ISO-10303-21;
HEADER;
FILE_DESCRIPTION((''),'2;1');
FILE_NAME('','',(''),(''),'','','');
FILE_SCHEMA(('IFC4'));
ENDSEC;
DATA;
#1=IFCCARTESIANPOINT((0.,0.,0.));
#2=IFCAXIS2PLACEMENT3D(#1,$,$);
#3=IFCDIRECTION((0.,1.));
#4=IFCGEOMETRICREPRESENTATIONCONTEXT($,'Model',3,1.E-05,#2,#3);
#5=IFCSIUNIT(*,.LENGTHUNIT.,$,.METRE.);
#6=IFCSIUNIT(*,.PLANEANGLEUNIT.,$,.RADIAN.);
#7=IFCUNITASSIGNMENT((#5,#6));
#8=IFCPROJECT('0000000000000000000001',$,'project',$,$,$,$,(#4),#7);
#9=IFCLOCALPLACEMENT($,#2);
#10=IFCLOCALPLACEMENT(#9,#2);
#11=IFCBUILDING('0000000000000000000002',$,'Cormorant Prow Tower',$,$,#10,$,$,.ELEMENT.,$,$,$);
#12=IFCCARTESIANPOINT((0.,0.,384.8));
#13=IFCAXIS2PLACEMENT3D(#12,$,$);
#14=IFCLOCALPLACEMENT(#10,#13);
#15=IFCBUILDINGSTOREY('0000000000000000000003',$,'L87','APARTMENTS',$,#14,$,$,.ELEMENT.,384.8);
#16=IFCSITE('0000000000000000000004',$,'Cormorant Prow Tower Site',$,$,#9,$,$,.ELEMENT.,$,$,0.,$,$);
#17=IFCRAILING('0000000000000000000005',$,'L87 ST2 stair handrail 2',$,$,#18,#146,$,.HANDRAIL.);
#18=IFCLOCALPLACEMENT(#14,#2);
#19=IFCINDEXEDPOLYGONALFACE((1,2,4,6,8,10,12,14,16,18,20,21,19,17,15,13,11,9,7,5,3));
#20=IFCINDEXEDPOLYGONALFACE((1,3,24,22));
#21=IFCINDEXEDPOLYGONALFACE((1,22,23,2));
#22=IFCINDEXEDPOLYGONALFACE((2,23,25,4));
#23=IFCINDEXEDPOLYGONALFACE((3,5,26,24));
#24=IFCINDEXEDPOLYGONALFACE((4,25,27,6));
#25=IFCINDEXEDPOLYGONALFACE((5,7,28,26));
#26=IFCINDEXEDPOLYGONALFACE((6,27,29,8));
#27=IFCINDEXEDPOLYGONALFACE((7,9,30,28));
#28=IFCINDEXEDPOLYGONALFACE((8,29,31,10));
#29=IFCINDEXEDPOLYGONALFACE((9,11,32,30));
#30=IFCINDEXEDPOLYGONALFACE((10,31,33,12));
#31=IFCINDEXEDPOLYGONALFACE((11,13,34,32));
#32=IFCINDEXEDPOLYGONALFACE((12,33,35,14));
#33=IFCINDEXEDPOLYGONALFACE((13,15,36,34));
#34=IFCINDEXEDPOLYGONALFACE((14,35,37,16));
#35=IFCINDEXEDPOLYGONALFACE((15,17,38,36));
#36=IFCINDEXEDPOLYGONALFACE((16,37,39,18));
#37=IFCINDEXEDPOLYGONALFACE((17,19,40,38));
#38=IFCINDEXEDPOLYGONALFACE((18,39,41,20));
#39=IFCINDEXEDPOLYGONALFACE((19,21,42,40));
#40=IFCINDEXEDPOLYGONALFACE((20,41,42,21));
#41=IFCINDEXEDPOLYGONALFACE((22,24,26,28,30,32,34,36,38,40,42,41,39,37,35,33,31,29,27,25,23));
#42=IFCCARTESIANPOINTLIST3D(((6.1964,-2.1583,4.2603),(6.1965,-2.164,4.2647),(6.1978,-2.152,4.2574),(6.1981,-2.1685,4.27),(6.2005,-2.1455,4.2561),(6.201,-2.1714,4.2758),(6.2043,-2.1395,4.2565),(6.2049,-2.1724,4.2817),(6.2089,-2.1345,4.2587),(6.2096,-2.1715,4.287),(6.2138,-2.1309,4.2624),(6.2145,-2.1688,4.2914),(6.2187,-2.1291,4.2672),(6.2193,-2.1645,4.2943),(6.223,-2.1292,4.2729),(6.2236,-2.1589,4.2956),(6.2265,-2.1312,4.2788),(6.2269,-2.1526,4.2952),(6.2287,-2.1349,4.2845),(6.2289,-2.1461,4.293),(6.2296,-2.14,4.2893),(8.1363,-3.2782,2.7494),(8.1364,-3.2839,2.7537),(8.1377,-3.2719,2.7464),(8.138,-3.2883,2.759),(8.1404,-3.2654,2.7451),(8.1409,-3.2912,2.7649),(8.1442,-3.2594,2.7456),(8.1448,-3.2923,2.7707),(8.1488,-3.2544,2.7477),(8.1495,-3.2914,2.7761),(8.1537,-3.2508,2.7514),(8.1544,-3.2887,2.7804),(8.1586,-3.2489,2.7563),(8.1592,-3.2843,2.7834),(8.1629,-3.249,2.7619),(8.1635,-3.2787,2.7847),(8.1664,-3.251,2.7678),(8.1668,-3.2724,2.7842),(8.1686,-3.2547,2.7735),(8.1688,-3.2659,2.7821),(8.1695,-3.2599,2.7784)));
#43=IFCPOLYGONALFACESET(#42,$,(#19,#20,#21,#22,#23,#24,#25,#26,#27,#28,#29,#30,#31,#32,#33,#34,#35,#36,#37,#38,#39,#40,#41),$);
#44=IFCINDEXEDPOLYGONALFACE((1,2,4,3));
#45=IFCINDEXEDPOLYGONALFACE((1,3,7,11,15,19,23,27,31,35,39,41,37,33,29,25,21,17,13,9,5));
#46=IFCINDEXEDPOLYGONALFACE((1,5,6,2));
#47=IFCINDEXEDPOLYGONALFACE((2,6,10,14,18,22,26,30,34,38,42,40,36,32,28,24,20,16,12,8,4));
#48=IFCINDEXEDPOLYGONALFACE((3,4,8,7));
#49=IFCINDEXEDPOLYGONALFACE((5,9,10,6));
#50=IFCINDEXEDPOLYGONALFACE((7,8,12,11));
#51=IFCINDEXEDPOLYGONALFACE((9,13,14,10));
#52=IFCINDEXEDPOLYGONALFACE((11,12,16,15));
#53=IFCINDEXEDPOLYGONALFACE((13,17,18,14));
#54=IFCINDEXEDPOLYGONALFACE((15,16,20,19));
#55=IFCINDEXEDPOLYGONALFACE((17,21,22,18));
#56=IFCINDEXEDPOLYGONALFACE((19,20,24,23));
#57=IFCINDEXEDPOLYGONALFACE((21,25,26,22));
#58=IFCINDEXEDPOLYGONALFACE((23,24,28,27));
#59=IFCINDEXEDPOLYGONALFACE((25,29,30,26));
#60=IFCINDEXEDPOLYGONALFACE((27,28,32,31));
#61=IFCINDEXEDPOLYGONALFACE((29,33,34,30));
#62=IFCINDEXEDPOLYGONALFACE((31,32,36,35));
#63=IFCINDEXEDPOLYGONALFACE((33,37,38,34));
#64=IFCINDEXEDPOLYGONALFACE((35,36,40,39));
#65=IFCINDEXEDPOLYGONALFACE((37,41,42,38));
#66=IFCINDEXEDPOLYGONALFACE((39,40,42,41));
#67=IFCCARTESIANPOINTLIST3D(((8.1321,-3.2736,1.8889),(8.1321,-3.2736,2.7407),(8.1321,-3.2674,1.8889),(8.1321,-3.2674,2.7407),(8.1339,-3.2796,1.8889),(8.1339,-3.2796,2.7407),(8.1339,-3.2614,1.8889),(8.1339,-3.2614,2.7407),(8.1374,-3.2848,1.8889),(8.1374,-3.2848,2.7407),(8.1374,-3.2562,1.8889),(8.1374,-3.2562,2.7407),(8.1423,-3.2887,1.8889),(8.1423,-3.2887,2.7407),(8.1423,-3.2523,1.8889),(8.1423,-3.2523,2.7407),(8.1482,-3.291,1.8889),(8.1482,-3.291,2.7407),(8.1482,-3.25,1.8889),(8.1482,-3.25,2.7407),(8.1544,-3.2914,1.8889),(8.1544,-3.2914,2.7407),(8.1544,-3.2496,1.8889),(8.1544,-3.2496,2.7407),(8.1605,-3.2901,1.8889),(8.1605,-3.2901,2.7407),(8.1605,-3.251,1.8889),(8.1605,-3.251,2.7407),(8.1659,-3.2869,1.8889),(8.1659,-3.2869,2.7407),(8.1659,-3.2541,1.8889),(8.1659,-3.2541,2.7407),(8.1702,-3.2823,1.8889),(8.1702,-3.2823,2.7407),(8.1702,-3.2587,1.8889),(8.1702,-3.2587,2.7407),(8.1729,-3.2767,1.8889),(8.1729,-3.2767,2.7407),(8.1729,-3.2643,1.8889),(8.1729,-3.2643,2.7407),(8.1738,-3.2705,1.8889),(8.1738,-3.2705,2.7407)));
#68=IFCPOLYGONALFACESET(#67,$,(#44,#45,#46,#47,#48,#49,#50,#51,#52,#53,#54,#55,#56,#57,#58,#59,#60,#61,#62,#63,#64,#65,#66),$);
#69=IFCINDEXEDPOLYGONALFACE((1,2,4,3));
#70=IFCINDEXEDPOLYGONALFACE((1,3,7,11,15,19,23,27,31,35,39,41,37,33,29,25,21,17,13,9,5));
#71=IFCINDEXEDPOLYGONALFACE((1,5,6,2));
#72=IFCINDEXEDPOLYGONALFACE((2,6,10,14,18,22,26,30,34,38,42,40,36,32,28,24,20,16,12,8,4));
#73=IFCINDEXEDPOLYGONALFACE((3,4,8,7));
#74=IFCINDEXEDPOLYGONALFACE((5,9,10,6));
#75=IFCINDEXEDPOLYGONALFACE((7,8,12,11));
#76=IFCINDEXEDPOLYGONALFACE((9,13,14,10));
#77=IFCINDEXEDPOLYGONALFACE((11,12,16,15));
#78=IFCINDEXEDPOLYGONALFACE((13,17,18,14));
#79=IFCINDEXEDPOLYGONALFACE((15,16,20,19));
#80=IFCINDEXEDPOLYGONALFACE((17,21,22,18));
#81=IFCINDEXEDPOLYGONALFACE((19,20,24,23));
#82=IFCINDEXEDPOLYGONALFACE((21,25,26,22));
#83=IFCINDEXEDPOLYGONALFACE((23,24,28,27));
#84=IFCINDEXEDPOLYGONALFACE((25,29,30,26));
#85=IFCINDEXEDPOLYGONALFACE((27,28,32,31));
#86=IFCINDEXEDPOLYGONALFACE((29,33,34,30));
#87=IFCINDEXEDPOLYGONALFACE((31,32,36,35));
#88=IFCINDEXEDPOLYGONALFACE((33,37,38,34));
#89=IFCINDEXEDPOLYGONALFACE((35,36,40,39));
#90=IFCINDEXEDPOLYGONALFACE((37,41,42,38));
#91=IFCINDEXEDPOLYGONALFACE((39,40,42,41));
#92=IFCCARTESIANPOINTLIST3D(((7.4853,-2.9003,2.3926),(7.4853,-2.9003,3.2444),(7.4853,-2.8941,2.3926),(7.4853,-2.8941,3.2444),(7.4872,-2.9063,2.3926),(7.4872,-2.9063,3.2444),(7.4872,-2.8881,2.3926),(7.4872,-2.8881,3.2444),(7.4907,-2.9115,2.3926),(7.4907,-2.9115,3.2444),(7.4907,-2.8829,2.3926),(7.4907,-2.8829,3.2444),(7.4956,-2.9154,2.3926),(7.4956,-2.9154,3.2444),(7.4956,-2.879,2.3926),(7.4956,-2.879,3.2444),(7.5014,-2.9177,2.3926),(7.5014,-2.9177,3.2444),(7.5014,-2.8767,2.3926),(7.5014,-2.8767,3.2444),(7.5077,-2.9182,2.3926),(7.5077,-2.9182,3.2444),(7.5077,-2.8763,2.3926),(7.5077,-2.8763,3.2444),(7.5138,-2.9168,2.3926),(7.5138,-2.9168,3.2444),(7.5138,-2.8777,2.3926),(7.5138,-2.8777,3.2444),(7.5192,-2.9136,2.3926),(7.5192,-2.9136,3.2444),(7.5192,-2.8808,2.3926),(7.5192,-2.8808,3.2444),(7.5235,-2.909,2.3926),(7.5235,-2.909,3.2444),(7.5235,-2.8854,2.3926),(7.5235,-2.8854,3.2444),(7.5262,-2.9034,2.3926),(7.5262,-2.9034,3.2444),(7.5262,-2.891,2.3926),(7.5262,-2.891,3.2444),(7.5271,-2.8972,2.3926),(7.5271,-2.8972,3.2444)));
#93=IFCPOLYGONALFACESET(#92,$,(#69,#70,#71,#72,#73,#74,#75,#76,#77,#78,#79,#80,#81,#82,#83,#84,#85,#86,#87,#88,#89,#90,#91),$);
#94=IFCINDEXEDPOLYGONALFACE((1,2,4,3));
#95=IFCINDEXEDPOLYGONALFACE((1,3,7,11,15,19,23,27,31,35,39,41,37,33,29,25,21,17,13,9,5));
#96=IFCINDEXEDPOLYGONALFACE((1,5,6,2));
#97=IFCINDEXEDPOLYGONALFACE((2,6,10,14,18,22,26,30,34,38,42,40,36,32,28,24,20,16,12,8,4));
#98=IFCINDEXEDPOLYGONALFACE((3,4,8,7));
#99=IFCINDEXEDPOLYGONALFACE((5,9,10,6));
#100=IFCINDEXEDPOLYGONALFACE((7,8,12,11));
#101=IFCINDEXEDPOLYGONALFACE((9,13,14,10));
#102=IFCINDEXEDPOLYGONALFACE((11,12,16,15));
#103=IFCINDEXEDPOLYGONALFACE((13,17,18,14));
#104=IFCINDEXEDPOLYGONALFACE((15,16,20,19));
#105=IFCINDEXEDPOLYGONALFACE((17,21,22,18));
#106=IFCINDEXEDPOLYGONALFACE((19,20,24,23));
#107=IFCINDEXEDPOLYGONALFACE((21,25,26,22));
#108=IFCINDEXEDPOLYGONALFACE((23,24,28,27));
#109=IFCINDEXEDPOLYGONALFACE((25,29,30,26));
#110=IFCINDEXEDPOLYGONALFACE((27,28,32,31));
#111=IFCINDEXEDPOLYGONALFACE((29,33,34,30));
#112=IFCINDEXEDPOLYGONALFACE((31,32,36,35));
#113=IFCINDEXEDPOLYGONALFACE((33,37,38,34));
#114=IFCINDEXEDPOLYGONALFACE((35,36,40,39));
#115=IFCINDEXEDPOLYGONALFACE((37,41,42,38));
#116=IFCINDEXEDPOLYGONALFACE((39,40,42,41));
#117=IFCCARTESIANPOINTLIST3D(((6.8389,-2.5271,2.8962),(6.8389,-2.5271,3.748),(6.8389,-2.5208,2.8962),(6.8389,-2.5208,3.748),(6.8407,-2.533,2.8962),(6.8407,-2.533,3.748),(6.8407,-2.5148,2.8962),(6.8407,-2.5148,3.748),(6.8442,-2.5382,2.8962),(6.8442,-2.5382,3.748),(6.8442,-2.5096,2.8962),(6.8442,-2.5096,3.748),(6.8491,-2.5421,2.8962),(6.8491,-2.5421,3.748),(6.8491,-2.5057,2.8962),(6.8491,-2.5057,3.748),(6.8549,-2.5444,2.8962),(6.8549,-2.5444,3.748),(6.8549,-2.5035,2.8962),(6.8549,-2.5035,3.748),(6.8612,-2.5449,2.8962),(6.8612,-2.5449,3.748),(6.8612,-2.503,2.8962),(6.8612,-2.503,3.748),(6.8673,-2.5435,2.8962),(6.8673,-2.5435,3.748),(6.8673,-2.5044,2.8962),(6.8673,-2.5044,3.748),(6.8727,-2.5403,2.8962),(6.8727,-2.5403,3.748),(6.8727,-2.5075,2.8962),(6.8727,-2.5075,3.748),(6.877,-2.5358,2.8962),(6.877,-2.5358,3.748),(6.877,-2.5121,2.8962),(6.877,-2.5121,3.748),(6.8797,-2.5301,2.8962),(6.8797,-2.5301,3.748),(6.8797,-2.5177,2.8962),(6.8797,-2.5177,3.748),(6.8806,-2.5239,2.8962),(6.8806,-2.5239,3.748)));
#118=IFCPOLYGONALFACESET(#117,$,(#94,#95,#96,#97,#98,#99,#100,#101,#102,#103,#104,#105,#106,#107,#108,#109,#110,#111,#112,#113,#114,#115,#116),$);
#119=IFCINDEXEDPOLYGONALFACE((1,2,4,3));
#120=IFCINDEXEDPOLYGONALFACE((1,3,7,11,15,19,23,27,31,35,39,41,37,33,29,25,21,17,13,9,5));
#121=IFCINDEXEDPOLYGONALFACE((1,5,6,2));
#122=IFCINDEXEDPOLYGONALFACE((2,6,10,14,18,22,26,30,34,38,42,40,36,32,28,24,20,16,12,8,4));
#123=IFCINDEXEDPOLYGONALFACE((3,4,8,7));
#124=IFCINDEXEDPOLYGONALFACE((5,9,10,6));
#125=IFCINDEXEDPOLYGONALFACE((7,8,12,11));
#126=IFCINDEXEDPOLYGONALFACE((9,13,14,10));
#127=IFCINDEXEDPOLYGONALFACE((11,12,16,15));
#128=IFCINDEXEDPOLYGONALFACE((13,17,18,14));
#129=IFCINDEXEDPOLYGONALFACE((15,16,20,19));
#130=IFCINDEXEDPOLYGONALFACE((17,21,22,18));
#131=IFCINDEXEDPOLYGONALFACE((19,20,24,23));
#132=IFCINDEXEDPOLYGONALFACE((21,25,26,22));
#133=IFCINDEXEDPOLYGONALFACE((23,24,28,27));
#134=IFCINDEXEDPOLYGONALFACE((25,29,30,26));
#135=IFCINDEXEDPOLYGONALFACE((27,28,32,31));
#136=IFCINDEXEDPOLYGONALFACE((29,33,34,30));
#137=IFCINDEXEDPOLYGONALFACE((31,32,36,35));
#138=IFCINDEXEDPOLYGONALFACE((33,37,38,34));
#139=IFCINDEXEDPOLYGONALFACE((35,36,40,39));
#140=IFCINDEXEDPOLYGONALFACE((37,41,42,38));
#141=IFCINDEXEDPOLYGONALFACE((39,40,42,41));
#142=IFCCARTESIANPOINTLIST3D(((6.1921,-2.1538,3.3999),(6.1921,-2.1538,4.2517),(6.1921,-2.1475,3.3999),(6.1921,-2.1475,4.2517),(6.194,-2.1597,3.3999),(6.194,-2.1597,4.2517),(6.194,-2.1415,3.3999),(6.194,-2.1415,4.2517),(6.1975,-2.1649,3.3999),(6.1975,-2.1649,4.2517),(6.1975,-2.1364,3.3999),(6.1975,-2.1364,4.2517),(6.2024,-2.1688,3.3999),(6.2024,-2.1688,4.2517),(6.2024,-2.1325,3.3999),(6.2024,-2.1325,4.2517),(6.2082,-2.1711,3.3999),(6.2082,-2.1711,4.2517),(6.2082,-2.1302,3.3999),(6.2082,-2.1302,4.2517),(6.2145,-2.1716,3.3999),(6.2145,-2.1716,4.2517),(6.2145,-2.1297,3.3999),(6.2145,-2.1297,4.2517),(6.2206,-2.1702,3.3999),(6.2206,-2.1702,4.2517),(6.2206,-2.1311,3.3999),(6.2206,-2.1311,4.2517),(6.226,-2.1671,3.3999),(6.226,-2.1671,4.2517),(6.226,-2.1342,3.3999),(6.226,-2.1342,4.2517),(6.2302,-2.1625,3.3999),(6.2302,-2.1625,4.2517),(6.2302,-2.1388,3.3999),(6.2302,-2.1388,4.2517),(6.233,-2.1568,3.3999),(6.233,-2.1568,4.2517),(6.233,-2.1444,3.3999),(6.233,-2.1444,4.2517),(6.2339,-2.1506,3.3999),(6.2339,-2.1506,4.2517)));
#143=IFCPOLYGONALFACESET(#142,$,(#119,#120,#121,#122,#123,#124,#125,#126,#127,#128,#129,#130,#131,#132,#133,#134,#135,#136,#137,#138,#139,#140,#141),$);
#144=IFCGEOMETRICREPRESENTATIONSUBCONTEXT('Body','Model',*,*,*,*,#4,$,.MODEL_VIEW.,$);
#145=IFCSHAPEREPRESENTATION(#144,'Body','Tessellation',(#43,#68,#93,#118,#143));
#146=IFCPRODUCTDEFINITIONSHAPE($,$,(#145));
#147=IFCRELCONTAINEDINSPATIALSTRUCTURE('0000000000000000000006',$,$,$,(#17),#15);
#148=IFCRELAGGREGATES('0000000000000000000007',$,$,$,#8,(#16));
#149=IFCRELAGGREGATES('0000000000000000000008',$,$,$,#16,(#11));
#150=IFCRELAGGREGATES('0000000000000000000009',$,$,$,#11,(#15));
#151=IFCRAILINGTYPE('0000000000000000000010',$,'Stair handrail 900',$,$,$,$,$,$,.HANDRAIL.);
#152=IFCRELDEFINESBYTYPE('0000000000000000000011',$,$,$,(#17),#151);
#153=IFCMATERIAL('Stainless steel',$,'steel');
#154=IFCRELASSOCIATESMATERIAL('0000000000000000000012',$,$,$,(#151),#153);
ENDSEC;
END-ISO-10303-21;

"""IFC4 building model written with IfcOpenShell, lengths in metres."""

from ifc_helpers import new_model, si_unit, direction, frame, origin, origin_2d, place, context, subcontext, project, spatial, circle, extrude, material, type_object, element, save


model = new_model("IFC4")

# Units and contexts
model_context = context("Model", 3, precision=1e-05, world=origin(), true_north=direction((0.0, 1.0)))
body_context = subcontext(model_context, "Body", "Model", "MODEL_VIEW")
ifc_project = project(units=[si_unit("LENGTHUNIT", "METRE"), si_unit("PLANEANGLEUNIT", "RADIAN")], contexts=[model_context])

# Site, building, storey
site_placement = place(None, origin())
site = spatial("IfcSite", under=ifc_project, at=site_placement, Name="Cormorant Prow Tower Site", CompositionType="ELEMENT", RefElevation=0.0)
building_placement = place(site_placement, origin())
building = spatial("IfcBuilding", under=site, at=building_placement, Name="Cormorant Prow Tower", CompositionType="ELEMENT")
storey_placement = place(building_placement, frame((0.0, 0.0, 384.8)))
storey = spatial("IfcBuildingStorey", under=building, at=storey_placement, Name="L87", Description="APARTMENTS", CompositionType="ELEMENT", Elevation=384.8)

# Railing
ifc_material_1 = material(Name="Stainless steel", Category="steel")
railing_type_1 = type_object("IfcRailingType", Name="Stair handrail 900", PredefinedType="HANDRAIL", material=ifc_material_1)
railing_1_placement = place(storey_placement, frame((8.1528, -3.2705, 1.8889)))
element("IfcRailing", 1, at=railing_1_placement, inside=storey, type_object=railing_type_1, Name="L87 ST2 stair handrail 2", PredefinedType="HANDRAIL", context=body_context, shape_type="SweptSolid", body=[
    extrude(circle(Radius=0.0239, at=origin_2d()), frame((0.0, 0.0, 0.876), z_axis=(-0.717977, 0.414467, 0.559219), x_axis=(-0.499949, -0.866055, 0.0)), (0.0, 0.0, 1.0), 2.7019),
    extrude(circle(Radius=0.021, at=origin_2d()), origin(), (0.0, 0.0, 1.0), 0.8518),
    extrude(circle(Radius=0.021, at=origin_2d()), frame((-0.6467, 0.3733, 0.5037)), (0.0, 0.0, 1.0), 0.8518),
    extrude(circle(Radius=0.021, at=origin_2d()), frame((-1.2932, 0.7466, 1.0073)), (0.0, 0.0, 1.0), 0.8518),
    extrude(circle(Radius=0.021, at=origin_2d()), frame((-1.9399, 1.1199, 1.511)), (0.0, 0.0, 1.0), 0.8518),
])

save(model, "model.ifc")
